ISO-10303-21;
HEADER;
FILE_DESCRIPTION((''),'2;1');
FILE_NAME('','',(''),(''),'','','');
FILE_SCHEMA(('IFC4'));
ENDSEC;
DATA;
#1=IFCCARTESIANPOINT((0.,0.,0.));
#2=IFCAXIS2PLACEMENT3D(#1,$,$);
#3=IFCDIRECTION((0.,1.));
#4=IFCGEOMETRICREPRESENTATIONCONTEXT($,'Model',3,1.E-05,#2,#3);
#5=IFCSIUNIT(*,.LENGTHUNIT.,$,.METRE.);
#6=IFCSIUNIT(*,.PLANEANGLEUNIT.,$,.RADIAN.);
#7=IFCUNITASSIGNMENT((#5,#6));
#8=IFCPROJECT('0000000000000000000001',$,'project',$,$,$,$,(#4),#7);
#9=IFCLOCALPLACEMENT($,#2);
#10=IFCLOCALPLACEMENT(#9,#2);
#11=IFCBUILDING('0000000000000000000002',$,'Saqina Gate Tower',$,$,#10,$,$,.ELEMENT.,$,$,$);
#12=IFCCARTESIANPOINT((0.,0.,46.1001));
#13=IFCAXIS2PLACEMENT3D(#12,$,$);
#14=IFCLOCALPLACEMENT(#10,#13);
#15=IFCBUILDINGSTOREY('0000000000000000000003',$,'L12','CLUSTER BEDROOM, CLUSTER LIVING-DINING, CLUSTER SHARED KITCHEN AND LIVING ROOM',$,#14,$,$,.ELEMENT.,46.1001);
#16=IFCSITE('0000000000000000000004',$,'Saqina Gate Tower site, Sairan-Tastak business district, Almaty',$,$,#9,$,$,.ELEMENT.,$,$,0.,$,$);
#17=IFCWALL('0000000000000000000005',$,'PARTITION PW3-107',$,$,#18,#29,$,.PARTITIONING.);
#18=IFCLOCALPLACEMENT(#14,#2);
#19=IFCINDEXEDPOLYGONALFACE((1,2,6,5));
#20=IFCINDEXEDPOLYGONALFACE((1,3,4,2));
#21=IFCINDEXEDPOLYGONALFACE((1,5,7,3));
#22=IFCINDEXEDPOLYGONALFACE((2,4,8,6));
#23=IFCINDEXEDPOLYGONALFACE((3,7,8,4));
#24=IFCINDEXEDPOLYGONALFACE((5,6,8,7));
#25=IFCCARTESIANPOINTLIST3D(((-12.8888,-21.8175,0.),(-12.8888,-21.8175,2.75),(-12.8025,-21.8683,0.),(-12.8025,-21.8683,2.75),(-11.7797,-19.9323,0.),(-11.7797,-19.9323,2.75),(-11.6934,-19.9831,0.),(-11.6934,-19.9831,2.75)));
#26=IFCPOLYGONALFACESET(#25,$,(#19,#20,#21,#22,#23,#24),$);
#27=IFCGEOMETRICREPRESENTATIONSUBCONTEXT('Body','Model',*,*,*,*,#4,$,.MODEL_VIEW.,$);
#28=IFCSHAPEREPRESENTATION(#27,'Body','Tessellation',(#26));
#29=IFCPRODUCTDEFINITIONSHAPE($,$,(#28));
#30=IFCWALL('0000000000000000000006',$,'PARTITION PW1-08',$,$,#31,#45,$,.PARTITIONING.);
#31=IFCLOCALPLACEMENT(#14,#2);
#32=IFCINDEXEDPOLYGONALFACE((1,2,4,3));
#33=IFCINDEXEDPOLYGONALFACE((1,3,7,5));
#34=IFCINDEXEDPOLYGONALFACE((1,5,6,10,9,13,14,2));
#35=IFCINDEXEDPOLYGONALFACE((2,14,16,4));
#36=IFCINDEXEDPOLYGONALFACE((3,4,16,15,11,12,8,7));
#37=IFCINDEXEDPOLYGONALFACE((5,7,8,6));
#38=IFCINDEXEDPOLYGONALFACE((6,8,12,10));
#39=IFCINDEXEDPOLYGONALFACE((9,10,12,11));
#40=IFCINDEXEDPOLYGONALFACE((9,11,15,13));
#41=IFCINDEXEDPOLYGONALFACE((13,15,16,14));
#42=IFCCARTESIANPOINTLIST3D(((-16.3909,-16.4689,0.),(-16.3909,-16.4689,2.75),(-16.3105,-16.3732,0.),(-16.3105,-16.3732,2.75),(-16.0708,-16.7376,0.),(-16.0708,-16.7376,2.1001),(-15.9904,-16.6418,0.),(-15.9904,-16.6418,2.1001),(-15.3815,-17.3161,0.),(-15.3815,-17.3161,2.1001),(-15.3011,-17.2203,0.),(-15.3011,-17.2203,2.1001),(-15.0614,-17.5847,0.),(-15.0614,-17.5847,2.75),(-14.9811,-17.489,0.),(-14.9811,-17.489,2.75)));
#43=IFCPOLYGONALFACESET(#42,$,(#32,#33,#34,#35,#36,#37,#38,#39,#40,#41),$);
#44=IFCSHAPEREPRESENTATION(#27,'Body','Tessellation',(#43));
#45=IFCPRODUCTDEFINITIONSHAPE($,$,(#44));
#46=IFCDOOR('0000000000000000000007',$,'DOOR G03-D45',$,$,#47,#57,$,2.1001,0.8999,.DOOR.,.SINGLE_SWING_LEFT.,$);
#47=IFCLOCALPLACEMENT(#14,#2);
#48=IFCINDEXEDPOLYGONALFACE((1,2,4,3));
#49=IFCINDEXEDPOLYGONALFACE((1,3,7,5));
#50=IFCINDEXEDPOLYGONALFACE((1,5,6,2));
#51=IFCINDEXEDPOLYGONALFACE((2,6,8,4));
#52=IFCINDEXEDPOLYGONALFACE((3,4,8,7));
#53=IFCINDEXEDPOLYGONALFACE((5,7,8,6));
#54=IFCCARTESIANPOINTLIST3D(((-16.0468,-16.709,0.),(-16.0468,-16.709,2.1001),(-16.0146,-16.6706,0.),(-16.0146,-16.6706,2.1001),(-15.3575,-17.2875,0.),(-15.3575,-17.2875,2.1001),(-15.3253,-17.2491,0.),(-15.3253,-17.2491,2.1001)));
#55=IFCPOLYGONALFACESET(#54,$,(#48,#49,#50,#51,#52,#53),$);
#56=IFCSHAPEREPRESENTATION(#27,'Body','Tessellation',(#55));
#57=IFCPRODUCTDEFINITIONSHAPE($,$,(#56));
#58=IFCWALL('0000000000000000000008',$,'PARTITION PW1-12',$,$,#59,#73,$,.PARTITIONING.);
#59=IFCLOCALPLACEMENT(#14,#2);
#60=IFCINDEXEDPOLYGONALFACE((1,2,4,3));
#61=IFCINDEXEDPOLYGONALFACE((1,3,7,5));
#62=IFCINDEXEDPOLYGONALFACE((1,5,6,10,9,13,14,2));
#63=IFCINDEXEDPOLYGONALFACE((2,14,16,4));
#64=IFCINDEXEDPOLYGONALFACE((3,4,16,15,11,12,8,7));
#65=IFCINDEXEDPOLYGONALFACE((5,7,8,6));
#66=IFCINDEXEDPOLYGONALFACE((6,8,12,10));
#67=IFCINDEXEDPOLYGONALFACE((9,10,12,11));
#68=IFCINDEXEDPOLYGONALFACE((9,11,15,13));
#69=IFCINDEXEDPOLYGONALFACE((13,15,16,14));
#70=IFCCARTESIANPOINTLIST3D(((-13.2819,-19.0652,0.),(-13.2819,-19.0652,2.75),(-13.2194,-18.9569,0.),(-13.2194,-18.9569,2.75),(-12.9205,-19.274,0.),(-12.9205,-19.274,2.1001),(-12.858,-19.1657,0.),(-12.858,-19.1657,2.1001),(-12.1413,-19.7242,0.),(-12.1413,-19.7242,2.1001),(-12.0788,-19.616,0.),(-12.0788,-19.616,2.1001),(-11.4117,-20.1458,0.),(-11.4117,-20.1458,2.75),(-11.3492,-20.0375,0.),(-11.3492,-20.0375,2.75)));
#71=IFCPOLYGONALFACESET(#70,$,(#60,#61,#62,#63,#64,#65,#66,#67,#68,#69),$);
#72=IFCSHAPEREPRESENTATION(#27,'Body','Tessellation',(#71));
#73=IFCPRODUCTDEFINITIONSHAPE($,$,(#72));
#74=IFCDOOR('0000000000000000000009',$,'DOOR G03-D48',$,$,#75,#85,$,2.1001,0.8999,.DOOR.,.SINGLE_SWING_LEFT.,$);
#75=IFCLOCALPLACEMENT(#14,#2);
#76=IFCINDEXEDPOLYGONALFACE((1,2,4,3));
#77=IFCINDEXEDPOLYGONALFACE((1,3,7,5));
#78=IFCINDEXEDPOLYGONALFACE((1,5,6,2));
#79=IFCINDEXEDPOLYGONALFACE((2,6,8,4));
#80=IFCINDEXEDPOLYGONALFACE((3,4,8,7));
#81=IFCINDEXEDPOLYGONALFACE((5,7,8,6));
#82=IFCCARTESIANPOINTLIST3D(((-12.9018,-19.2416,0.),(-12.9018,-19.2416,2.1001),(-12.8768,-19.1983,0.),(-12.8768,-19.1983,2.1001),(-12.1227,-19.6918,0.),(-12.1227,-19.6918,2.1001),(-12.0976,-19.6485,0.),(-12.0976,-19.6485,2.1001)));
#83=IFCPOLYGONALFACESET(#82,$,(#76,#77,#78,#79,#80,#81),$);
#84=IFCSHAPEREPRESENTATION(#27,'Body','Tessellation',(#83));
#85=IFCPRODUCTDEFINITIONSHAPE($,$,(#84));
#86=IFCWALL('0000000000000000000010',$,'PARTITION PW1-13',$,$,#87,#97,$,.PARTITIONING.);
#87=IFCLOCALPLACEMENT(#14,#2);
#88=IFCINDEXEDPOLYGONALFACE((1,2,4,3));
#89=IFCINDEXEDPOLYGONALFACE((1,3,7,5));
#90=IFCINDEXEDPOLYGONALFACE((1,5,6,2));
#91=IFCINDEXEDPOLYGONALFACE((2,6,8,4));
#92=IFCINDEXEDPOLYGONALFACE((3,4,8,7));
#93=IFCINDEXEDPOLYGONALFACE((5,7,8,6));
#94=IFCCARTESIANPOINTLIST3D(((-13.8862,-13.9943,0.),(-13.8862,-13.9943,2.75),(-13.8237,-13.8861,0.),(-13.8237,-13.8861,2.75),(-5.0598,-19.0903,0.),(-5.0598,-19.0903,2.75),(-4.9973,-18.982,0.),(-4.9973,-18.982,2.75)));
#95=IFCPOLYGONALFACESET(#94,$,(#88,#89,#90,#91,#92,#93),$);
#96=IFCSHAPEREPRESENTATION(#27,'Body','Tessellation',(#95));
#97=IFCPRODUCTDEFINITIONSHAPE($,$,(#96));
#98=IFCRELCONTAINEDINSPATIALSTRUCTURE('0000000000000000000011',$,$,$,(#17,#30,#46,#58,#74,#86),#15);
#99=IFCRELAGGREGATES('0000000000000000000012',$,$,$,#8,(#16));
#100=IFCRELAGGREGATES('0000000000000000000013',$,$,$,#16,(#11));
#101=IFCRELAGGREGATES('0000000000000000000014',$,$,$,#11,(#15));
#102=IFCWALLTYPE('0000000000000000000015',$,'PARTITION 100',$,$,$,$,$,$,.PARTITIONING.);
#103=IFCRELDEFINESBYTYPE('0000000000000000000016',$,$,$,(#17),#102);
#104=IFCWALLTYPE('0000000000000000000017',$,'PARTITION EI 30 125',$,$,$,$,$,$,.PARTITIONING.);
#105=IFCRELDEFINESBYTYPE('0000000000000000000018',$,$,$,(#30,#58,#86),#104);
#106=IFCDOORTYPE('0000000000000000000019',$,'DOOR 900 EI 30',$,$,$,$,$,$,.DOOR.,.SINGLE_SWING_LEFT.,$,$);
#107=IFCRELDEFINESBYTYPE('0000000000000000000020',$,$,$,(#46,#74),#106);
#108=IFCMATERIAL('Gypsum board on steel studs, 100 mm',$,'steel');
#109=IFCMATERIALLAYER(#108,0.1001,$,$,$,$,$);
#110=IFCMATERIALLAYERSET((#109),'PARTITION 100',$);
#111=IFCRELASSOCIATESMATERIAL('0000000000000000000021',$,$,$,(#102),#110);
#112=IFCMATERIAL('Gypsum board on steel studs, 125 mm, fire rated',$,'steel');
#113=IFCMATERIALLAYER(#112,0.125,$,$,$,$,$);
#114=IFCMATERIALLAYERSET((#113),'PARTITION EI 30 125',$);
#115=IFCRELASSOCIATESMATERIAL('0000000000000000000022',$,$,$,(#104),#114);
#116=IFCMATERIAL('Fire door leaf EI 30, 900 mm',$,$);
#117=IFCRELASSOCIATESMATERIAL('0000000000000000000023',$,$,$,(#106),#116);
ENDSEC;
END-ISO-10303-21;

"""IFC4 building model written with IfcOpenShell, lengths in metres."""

from ifc_helpers import new_model, si_unit, direction, frame, frame_2d, origin, place, context, subcontext, project, spatial, rectangle, extrude, material, layer, layer_set, type_object, element, fill, save


model = new_model("IFC4")

# Units and contexts
model_context = context("Model", 3, precision=1e-05, world=origin(), true_north=direction((0.0, 1.0)))
body_context = subcontext(model_context, "Body", "Model", "MODEL_VIEW")
ifc_project = project(units=[si_unit("LENGTHUNIT", "METRE"), si_unit("PLANEANGLEUNIT", "RADIAN")], contexts=[model_context])

# Site, building, storey
site_placement = place(None, origin())
site = spatial("IfcSite", under=ifc_project, at=site_placement, Name="Saqina Gate Tower site, Sairan-Tastak business district, Almaty", CompositionType="ELEMENT", RefElevation=0.0)
building_placement = place(site_placement, origin())
building = spatial("IfcBuilding", under=site, at=building_placement, Name="Saqina Gate Tower", CompositionType="ELEMENT")
storey_placement = place(building_placement, frame((0.0, 0.0, 46.1001)))
storey = spatial("IfcBuildingStorey", under=building, at=storey_placement, Name="L12", Description="CLUSTER BEDROOM, CLUSTER LIVING-DINING, CLUSTER SHARED KITCHEN AND LIVING ROOM", CompositionType="ELEMENT", Elevation=46.1001)

# Shared definitions
ifc_material_1 = material(Name="Gypsum board on steel studs, 100 mm", Category="steel")
ifc_layer_1 = layer(ifc_material_1, 0.1001)
ifc_layer_set_1 = layer_set([ifc_layer_1], Name="PARTITION 100")
wall_type_1 = type_object("IfcWallType", Name="PARTITION 100", PredefinedType="PARTITIONING", material=ifc_layer_set_1)

# Wall
wall_1_placement = place(storey_placement, frame((-12.8457, -21.843, 0.0), z_axis=(0.0, 0.0, 1.0), x_axis=(0.507074, 0.861903, 0.0)))
element("IfcWall", 1, at=wall_1_placement, inside=storey, type_object=wall_type_1, Name="PARTITION PW3-107", PredefinedType="PARTITIONING", context=body_context, shape_type="SweptSolid", body=[
    extrude(rectangle(XDim=2.1873, YDim=0.1001, at=frame_2d((1.0938, 0.0))), origin(), (0.0, 0.0, 1.0), 2.75),
])

# Walls, openings, doors
ifc_material_2 = material(Name="Gypsum board on steel studs, 125 mm, fire rated", Category="steel")
ifc_layer_2 = layer(ifc_material_2, 0.125)
ifc_layer_set_2 = layer_set([ifc_layer_2], Name="PARTITION EI 30 125")
wall_type_2 = type_object("IfcWallType", Name="PARTITION EI 30 125", PredefinedType="PARTITIONING", material=ifc_layer_set_2)
wall_2_placement = place(storey_placement, frame((-16.3506, -16.4211, 0.0), z_axis=(0.0, 0.0, 1.0), x_axis=(0.765968, -0.642879, 0.0)))
wall_2 = element("IfcWall", 2, at=wall_2_placement, inside=storey, type_object=wall_type_2, Name="PARTITION PW1-08", PredefinedType="PARTITIONING", context=body_context, shape_type="SweptSolid", body=[
    extrude(rectangle(XDim=1.7356, YDim=0.125, at=frame_2d((0.8677, 0.0))), origin(), (0.0, 0.0, 1.0), 2.75),
])
opening_1_placement = place(wall_2_placement, frame((0.4177, 0.0, 0.0)))
opening_1 = element("IfcOpeningElement", 3, at=opening_1_placement, cuts=wall_2, PredefinedType="OPENING", context=body_context, shape_type="SweptSolid", body=[
    extrude(rectangle(XDim=0.8999, YDim=2.1001, at=frame_2d((0.45, 1.05))), frame((0.0, 0.0745, 0.0), z_axis=(0.0, -1.0, 0.0), x_axis=(1.0, 0.0, 0.0)), (0.0, 0.0, 1.0), 0.1489),
])
ifc_material_3 = material(Name="Fire door leaf EI 30, 900 mm")
door_type_1 = type_object("IfcDoorType", Name="DOOR 900 EI 30", OperationType="SINGLE_SWING_LEFT", PredefinedType="DOOR", material=ifc_material_3)
door_1_placement = place(opening_1_placement, origin())
door_1 = element("IfcDoor", 4, at=door_1_placement, inside=storey, type_object=door_type_1, Name="DOOR G03-D45", OperationType="SINGLE_SWING_LEFT", OverallHeight=2.1001, OverallWidth=0.8999, PredefinedType="DOOR", context=body_context, shape_type="SweptSolid", body=[
    extrude(rectangle(XDim=0.8999, YDim=2.1001, at=frame_2d((0.45, 1.05))), frame((0.0, 0.0249, 0.0), z_axis=(0.0, -1.0, 0.0), x_axis=(1.0, 0.0, 0.0)), (0.0, 0.0, 1.0), 0.05),
])
fill(opening_1, door_1)
wall_3_placement = place(storey_placement, frame((-13.2507, -19.011, 0.0), z_axis=(0.0, 0.0, 1.0), x_axis=(0.865854, -0.500296, 0.0)))
wall_3 = element("IfcWall", 5, at=wall_3_placement, inside=storey, type_object=wall_type_2, Name="PARTITION PW1-12", PredefinedType="PARTITIONING", context=body_context, shape_type="SweptSolid", body=[
    extrude(rectangle(XDim=2.1599, YDim=0.125, at=frame_2d((1.0801, 0.0))), origin(), (0.0, 0.0, 1.0), 2.75),
])
opening_2_placement = place(wall_3_placement, frame((0.4175, 0.0, 0.0)))
opening_2 = element("IfcOpeningElement", 6, at=opening_2_placement, cuts=wall_3, PredefinedType="OPENING", context=body_context, shape_type="SweptSolid", body=[
    extrude(rectangle(XDim=0.8999, YDim=2.1001, at=frame_2d((0.45, 1.05))), frame((0.0, 0.0745, 0.0), z_axis=(0.0, -1.0, 0.0), x_axis=(1.0, 0.0, 0.0)), (0.0, 0.0, 1.0), 0.1489),
])
door_2_placement = place(opening_2_placement, origin())
door_2 = element("IfcDoor", 7, at=door_2_placement, inside=storey, type_object=door_type_1, Name="DOOR G03-D48", OperationType="SINGLE_SWING_LEFT", OverallHeight=2.1001, OverallWidth=0.8999, PredefinedType="DOOR", context=body_context, shape_type="SweptSolid", body=[
    extrude(rectangle(XDim=0.8999, YDim=2.1001, at=frame_2d((0.45, 1.05))), frame((0.0, 0.0249, 0.0), z_axis=(0.0, -1.0, 0.0), x_axis=(1.0, 0.0, 0.0)), (0.0, 0.0, 1.0), 0.05),
])
fill(opening_2, door_2)

# Wall
wall_4_placement = place(storey_placement, frame((-13.855, -13.9402, 0.0), z_axis=(0.0, 0.0, 1.0), x_axis=(0.866025, -0.500001, 0.0)))
element("IfcWall", 8, at=wall_4_placement, inside=storey, type_object=wall_type_2, Name="PARTITION PW1-13", PredefinedType="PARTITIONING", context=body_context, shape_type="SweptSolid", body=[
    extrude(rectangle(XDim=10.1919, YDim=0.125, at=frame_2d((5.0959, 0.0))), origin(), (0.0, 0.0, 1.0), 2.75),
])

save(model, "model.ifc")
